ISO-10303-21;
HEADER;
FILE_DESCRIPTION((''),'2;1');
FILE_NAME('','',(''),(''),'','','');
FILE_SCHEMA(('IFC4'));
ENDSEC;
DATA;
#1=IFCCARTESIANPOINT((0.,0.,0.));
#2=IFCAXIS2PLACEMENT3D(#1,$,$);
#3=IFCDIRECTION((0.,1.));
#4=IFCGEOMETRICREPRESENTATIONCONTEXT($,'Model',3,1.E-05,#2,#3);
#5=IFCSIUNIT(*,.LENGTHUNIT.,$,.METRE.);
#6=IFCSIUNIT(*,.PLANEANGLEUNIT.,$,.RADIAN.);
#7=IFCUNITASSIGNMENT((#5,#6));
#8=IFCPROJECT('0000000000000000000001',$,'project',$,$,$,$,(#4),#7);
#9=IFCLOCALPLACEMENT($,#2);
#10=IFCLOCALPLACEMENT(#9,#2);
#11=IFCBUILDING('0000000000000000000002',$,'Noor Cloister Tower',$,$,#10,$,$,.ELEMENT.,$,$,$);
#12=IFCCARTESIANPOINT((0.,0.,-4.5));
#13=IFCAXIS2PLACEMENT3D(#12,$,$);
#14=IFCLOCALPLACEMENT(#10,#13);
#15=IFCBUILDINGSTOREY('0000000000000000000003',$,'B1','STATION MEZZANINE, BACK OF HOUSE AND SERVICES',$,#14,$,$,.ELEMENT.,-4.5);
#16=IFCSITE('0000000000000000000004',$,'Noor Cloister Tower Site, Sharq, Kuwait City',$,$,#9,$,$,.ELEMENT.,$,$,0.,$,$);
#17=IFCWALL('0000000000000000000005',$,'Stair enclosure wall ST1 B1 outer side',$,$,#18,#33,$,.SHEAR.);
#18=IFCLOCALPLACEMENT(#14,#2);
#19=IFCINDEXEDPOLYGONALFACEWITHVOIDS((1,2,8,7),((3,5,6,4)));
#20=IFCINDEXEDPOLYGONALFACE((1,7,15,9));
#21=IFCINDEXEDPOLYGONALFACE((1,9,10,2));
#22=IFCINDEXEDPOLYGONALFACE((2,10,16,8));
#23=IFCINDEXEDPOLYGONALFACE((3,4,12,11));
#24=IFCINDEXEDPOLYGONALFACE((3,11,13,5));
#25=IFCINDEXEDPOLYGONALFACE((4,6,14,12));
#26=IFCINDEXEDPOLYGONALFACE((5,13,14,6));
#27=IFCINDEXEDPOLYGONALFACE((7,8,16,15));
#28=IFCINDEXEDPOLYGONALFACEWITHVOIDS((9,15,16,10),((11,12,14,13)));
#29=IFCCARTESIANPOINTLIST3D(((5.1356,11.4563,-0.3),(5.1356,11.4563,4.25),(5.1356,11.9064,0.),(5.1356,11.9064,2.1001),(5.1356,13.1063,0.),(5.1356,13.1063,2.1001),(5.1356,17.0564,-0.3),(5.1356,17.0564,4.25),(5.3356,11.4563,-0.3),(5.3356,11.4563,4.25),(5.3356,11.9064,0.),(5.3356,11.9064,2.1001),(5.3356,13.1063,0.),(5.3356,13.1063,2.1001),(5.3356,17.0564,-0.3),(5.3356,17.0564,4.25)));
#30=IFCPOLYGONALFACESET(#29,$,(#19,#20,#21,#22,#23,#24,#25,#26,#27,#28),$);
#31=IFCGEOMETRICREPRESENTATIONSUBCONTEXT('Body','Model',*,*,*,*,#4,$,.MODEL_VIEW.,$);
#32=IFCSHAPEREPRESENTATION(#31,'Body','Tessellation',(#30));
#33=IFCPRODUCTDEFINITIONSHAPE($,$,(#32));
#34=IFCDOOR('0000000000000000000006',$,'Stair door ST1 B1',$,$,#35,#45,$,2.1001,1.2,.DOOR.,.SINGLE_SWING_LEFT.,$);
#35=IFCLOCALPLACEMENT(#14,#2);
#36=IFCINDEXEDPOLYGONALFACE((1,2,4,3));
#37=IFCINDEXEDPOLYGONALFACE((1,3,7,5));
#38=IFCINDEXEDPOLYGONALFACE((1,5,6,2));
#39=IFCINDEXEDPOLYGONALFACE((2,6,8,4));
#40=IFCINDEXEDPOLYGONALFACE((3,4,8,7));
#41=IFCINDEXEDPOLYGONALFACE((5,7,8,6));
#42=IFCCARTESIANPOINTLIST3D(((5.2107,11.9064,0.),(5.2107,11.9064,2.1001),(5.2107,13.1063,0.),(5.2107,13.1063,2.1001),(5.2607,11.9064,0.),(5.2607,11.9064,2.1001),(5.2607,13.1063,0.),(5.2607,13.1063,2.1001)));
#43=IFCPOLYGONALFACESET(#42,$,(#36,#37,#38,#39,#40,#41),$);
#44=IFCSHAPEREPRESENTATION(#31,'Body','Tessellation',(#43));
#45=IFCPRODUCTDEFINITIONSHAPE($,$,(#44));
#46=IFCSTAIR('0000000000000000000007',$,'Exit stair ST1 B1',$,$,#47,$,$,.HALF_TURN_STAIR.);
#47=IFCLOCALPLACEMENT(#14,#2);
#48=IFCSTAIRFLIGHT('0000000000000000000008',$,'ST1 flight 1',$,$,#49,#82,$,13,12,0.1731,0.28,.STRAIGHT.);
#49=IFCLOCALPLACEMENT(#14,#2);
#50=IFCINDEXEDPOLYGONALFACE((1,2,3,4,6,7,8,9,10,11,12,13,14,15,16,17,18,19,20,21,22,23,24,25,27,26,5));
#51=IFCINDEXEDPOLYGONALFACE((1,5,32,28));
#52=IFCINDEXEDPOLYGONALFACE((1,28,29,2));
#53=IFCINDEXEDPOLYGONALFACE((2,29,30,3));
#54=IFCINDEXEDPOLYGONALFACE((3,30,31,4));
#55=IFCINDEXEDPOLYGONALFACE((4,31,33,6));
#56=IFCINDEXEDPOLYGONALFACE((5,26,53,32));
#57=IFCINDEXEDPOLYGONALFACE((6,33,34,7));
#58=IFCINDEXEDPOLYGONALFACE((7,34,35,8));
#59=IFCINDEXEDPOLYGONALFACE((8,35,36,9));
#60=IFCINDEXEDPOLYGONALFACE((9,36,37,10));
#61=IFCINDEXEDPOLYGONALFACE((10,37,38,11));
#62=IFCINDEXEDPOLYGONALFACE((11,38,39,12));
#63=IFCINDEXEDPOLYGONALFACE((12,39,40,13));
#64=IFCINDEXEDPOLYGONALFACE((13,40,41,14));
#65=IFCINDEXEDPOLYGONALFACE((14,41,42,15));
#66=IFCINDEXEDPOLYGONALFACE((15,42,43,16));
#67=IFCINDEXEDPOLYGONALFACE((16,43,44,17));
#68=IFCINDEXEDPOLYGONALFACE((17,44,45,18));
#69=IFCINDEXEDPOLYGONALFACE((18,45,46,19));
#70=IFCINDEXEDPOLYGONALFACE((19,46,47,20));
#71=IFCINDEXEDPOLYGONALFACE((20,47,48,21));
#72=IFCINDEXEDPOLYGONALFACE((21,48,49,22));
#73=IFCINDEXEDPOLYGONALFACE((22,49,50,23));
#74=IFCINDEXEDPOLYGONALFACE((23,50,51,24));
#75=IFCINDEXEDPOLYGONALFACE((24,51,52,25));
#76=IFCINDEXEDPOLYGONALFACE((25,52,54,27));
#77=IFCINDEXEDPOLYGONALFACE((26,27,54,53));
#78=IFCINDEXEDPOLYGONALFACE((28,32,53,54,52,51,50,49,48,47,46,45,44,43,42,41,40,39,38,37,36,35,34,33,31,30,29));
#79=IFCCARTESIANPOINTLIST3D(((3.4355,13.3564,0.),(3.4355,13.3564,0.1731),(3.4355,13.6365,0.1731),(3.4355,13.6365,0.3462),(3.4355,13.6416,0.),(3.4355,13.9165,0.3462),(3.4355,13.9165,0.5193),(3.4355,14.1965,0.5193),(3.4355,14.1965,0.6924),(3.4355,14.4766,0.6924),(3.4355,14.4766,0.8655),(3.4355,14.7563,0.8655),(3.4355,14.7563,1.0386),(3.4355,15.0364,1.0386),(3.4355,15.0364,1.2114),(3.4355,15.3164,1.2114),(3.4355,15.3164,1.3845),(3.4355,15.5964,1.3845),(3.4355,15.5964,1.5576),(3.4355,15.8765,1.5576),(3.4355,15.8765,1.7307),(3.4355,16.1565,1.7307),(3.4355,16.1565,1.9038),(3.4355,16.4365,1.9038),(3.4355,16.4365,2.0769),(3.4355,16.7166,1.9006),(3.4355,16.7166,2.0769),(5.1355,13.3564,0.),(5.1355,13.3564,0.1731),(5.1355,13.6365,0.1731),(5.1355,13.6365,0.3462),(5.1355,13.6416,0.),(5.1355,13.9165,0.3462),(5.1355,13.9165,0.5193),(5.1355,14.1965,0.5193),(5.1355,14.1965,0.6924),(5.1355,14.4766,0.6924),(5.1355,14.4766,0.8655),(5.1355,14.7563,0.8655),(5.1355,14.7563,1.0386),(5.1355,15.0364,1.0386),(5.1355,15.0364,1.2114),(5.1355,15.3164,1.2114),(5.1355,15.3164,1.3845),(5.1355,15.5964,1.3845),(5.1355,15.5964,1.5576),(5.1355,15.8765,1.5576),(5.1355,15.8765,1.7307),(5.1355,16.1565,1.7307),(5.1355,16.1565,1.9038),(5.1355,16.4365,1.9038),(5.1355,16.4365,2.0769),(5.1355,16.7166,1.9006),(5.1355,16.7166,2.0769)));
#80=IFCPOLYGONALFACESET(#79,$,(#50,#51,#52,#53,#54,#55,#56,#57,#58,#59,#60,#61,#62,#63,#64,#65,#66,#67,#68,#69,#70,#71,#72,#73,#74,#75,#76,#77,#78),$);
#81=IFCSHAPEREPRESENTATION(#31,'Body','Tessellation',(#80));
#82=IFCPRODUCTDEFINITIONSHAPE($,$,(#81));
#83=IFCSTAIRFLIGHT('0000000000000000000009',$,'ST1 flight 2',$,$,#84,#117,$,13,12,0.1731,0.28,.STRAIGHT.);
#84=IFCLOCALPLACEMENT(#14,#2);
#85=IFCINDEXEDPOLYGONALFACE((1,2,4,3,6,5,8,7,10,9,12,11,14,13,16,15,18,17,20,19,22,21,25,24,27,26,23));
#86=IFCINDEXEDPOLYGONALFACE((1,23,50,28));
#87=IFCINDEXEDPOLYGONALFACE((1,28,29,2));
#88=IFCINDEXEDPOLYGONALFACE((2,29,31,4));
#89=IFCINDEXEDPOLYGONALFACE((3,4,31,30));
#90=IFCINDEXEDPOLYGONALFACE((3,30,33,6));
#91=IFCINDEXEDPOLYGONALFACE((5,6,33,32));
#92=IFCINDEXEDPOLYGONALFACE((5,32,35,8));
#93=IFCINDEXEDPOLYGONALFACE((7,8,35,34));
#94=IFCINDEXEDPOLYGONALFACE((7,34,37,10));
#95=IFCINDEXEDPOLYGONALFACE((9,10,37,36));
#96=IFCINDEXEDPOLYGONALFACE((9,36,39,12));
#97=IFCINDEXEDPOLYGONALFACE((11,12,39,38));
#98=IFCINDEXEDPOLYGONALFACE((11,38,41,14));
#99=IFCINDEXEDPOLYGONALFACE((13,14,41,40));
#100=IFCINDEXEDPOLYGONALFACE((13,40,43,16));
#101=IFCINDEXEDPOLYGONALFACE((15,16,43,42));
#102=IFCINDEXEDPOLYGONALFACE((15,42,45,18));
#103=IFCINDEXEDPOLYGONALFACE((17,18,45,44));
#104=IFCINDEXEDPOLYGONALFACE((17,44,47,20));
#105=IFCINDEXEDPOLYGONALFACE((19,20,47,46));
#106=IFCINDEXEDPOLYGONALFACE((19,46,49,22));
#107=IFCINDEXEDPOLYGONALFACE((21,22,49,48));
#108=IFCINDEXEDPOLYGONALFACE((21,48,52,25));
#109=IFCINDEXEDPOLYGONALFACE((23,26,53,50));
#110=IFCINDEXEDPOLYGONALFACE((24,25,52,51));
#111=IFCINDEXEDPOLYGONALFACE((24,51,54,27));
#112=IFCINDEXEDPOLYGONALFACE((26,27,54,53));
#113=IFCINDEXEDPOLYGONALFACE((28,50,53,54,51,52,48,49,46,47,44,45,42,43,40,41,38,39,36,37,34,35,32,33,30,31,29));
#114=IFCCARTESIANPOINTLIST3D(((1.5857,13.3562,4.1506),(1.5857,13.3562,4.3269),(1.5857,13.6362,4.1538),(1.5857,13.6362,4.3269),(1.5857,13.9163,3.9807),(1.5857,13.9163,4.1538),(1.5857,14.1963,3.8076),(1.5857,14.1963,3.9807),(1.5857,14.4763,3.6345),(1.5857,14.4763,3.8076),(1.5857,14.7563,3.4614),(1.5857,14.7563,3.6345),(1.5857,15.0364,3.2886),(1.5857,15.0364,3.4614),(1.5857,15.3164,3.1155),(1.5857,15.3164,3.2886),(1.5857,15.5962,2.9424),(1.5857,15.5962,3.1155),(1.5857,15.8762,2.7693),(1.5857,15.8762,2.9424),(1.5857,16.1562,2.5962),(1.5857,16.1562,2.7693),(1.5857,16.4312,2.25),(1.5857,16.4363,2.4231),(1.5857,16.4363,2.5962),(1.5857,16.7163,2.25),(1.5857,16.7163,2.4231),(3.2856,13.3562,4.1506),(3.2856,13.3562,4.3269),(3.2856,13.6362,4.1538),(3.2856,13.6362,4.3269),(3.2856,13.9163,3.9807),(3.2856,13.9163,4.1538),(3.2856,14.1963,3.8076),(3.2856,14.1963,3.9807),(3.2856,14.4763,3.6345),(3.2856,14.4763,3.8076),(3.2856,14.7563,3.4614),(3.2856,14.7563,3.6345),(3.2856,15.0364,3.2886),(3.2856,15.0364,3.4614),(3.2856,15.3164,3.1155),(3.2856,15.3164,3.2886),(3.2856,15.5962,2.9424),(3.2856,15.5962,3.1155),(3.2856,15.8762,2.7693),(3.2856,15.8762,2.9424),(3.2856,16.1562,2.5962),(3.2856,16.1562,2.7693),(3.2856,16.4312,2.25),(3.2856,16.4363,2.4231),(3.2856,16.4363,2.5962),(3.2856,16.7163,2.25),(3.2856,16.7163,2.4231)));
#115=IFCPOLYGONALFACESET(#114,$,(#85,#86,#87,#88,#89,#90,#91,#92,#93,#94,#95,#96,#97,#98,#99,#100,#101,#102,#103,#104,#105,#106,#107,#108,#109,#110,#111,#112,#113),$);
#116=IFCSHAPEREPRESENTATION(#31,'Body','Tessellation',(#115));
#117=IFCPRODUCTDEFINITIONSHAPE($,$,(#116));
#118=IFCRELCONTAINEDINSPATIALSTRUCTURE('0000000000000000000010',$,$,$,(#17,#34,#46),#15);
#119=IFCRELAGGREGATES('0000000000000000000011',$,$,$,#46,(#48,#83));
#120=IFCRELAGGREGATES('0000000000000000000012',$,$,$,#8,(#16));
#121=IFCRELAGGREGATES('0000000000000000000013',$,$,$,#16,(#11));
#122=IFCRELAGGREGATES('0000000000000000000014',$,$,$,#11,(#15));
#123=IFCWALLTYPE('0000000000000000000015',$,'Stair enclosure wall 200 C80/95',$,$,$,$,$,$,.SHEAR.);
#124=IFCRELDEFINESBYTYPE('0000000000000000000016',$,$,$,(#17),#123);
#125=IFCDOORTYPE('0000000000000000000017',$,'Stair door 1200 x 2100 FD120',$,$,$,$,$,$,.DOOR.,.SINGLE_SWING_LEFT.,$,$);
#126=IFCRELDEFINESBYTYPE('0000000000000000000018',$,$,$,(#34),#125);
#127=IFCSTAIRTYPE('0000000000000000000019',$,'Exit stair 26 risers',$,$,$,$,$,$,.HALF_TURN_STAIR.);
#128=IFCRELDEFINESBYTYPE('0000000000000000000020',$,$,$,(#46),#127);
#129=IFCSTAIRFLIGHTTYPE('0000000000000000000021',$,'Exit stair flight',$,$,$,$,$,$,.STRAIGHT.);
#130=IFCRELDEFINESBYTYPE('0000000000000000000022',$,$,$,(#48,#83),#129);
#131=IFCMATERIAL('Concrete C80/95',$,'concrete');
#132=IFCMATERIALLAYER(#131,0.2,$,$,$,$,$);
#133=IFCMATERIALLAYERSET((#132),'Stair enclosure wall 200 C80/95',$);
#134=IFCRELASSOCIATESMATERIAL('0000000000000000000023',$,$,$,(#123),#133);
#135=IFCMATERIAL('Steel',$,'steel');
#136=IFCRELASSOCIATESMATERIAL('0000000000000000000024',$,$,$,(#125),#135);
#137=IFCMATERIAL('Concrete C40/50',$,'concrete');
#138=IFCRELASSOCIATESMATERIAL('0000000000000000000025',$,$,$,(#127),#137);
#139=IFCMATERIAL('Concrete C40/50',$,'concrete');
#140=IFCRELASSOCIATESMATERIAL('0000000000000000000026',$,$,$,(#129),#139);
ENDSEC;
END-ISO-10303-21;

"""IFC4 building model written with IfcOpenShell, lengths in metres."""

from ifc_helpers import new_model, si_unit, direction, frame, frame_2d, origin, place, context, subcontext, project, spatial, polyline, rectangle, outline, extrude, material, layer, layer_set, type_object, element, fill, aggregate, save


model = new_model("IFC4")

# Units and contexts
model_context = context("Model", 3, precision=1e-05, world=origin(), true_north=direction((0.0, 1.0)))
body_context = subcontext(model_context, "Body", "Model", "MODEL_VIEW")
ifc_project = project(units=[si_unit("LENGTHUNIT", "METRE"), si_unit("PLANEANGLEUNIT", "RADIAN")], contexts=[model_context])

# Site, building, storey
site_placement = place(None, origin())
site = spatial("IfcSite", under=ifc_project, at=site_placement, Name="Noor Cloister Tower Site, Sharq, Kuwait City", CompositionType="ELEMENT", RefElevation=0.0)
building_placement = place(site_placement, origin())
building = spatial("IfcBuilding", under=site, at=building_placement, Name="Noor Cloister Tower", CompositionType="ELEMENT")
storey_placement = place(building_placement, frame((0.0, 0.0, -4.5)))
storey = spatial("IfcBuildingStorey", under=building, at=storey_placement, Name="B1", Description="STATION MEZZANINE, BACK OF HOUSE AND SERVICES", CompositionType="ELEMENT", Elevation=-4.5)

# Wall, opening, door
ifc_material_1 = material(Name="Concrete C80/95", Category="concrete")
ifc_layer_1 = layer(ifc_material_1, 0.2)
ifc_layer_set_1 = layer_set([ifc_layer_1], Name="Stair enclosure wall 200 C80/95")
wall_type_1 = type_object("IfcWallType", Name="Stair enclosure wall 200 C80/95", PredefinedType="SHEAR", material=ifc_layer_set_1)
ifc_material_2 = material(Name="Steel", Category="steel")
door_type_1 = type_object("IfcDoorType", Name="Stair door 1200 x 2100 FD120", OperationType="SINGLE_SWING_LEFT", PredefinedType="DOOR", material=ifc_material_2)
wall_1_placement = place(storey_placement, frame((5.2356, 11.4563, -0.3), z_axis=(0.0, 0.0, 1.0), x_axis=(0.0, 1.0, 0.0)))
wall_1 = element("IfcWall", 1, at=wall_1_placement, inside=storey, type_object=wall_type_1, Name="Stair enclosure wall ST1 B1 outer side", PredefinedType="SHEAR", context=body_context, shape_type="SweptSolid", body=[
    extrude(rectangle(XDim=5.6001, YDim=0.2, at=frame_2d((2.8, 0.0))), origin(), (0.0, 0.0, 1.0), 4.55),
])
opening_1_placement = place(wall_1_placement, frame((0.45, 0.0, 0.3)))
opening_1 = element("IfcOpeningElement", 2, at=opening_1_placement, cuts=wall_1, PredefinedType="OPENING", context=body_context, shape_type="SweptSolid", body=[
    extrude(rectangle(XDim=1.2, YDim=2.1001, at=frame_2d((0.6001, 1.05))), frame((0.0, 0.1099, 0.0), z_axis=(0.0, -1.0, 0.0), x_axis=(1.0, 0.0, 0.0)), (0.0, 0.0, 1.0), 0.22),
])
door_1_placement = place(opening_1_placement, origin())
door_1 = element("IfcDoor", 3, at=door_1_placement, inside=storey, type_object=door_type_1, Name="Stair door ST1 B1", OperationType="SINGLE_SWING_LEFT", OverallHeight=2.1001, OverallWidth=1.2, PredefinedType="DOOR", context=body_context, shape_type="SweptSolid", body=[
    extrude(rectangle(XDim=1.2, YDim=2.1001, at=frame_2d((0.6001, 1.05))), frame((0.0, 0.0249, 0.0), z_axis=(0.0, -1.0, 0.0), x_axis=(1.0, 0.0, 0.0)), (0.0, 0.0, 1.0), 0.05),
])
fill(opening_1, door_1)

# Stair, stair flights
ifc_material_3 = material(Name="Concrete C40/50", Category="concrete")
stair_type = type_object("IfcStairType", Name="Exit stair 26 risers", PredefinedType="HALF_TURN_STAIR", material=ifc_material_3)
stair_placement = place(storey_placement, origin())
stair = element("IfcStair", 4, at=stair_placement, inside=storey, type_object=stair_type, Name="Exit stair ST1 B1", PredefinedType="HALF_TURN_STAIR")
ifc_material_4 = material(Name="Concrete C40/50", Category="concrete")
stair_flight_type = type_object("IfcStairFlightType", Name="Exit stair flight", PredefinedType="STRAIGHT", material=ifc_material_4)
stair_flight_1_placement = place(storey_placement, frame((4.2856, 13.3564, 0.0), z_axis=(0.0, 0.0, 1.0), x_axis=(0.0, 1.0, 0.0)))
stair_flight_1 = element("IfcStairFlight", 5, at=stair_flight_1_placement, type_object=stair_flight_type, Name="ST1 flight 1", NumberOfRisers=13, NumberOfTreads=12, PredefinedType="STRAIGHT", RiserHeight=0.1731, TreadLength=0.28, context=body_context, shape_type="SweptSolid", body=[
    extrude(outline(polyline([(0.0, 0.0), (0.0, 0.1731), (0.28, 0.1731), (0.28, 0.3462), (0.5601, 0.3462), (0.5601, 0.5193), (0.8401, 0.5193), (0.8401, 0.6924), (1.1201, 0.6924), (1.1201, 0.8655), (1.3999, 0.8655), (1.3999, 1.0386), (1.6799, 1.0386), (1.6799, 1.2114), (1.96, 1.2114), (1.96, 1.3845), (2.24, 1.3845), (2.24, 1.5576), (2.52, 1.5576), (2.52, 1.7307), (2.8, 1.7307), (2.8, 1.9038), (3.0801, 1.9038), (3.0801, 2.0769), (3.3601, 2.0769), (3.3601, 2.25), (3.3601, 1.9006), (0.2852, 0.0), (0.0, 0.0)])), frame((0.0, 0.8501, 0.0), z_axis=(0.0, -1.0, 0.0), x_axis=(1.0, 0.0, 0.0)), (0.0, 0.0, 1.0), 1.7),
])
stair_flight_2_placement = place(storey_placement, frame((2.4355, 16.7163, 2.25), z_axis=(0.0, 0.0, 1.0), x_axis=(0.0, -1.0, 0.0)))
stair_flight_2 = element("IfcStairFlight", 6, at=stair_flight_2_placement, type_object=stair_flight_type, Name="ST1 flight 2", NumberOfRisers=13, NumberOfTreads=12, PredefinedType="STRAIGHT", RiserHeight=0.1731, TreadLength=0.28, context=body_context, shape_type="SweptSolid", body=[
    extrude(outline(polyline([(0.0, 0.0), (0.0, 0.1731), (0.28, 0.1731), (0.28, 0.3462), (0.5601, 0.3462), (0.5601, 0.5193), (0.8401, 0.5193), (0.8401, 0.6924), (1.1201, 0.6924), (1.1201, 0.8655), (1.3999, 0.8655), (1.3999, 1.0386), (1.6799, 1.0386), (1.6799, 1.2114), (1.96, 1.2114), (1.96, 1.3845), (2.24, 1.3845), (2.24, 1.5576), (2.52, 1.5576), (2.52, 1.7307), (2.8, 1.7307), (2.8, 1.9038), (3.0801, 1.9038), (3.0801, 2.0769), (3.3601, 2.0769), (3.3601, 2.25), (3.3601, 1.9006), (0.2852, 0.0), (0.0, 0.0)])), frame((0.0, 0.8501, 0.0), z_axis=(0.0, -1.0, 0.0), x_axis=(1.0, 0.0, 0.0)), (0.0, 0.0, 1.0), 1.7),
])
aggregate(stair, [stair_flight_1, stair_flight_2])

save(model, "model.ifc")
